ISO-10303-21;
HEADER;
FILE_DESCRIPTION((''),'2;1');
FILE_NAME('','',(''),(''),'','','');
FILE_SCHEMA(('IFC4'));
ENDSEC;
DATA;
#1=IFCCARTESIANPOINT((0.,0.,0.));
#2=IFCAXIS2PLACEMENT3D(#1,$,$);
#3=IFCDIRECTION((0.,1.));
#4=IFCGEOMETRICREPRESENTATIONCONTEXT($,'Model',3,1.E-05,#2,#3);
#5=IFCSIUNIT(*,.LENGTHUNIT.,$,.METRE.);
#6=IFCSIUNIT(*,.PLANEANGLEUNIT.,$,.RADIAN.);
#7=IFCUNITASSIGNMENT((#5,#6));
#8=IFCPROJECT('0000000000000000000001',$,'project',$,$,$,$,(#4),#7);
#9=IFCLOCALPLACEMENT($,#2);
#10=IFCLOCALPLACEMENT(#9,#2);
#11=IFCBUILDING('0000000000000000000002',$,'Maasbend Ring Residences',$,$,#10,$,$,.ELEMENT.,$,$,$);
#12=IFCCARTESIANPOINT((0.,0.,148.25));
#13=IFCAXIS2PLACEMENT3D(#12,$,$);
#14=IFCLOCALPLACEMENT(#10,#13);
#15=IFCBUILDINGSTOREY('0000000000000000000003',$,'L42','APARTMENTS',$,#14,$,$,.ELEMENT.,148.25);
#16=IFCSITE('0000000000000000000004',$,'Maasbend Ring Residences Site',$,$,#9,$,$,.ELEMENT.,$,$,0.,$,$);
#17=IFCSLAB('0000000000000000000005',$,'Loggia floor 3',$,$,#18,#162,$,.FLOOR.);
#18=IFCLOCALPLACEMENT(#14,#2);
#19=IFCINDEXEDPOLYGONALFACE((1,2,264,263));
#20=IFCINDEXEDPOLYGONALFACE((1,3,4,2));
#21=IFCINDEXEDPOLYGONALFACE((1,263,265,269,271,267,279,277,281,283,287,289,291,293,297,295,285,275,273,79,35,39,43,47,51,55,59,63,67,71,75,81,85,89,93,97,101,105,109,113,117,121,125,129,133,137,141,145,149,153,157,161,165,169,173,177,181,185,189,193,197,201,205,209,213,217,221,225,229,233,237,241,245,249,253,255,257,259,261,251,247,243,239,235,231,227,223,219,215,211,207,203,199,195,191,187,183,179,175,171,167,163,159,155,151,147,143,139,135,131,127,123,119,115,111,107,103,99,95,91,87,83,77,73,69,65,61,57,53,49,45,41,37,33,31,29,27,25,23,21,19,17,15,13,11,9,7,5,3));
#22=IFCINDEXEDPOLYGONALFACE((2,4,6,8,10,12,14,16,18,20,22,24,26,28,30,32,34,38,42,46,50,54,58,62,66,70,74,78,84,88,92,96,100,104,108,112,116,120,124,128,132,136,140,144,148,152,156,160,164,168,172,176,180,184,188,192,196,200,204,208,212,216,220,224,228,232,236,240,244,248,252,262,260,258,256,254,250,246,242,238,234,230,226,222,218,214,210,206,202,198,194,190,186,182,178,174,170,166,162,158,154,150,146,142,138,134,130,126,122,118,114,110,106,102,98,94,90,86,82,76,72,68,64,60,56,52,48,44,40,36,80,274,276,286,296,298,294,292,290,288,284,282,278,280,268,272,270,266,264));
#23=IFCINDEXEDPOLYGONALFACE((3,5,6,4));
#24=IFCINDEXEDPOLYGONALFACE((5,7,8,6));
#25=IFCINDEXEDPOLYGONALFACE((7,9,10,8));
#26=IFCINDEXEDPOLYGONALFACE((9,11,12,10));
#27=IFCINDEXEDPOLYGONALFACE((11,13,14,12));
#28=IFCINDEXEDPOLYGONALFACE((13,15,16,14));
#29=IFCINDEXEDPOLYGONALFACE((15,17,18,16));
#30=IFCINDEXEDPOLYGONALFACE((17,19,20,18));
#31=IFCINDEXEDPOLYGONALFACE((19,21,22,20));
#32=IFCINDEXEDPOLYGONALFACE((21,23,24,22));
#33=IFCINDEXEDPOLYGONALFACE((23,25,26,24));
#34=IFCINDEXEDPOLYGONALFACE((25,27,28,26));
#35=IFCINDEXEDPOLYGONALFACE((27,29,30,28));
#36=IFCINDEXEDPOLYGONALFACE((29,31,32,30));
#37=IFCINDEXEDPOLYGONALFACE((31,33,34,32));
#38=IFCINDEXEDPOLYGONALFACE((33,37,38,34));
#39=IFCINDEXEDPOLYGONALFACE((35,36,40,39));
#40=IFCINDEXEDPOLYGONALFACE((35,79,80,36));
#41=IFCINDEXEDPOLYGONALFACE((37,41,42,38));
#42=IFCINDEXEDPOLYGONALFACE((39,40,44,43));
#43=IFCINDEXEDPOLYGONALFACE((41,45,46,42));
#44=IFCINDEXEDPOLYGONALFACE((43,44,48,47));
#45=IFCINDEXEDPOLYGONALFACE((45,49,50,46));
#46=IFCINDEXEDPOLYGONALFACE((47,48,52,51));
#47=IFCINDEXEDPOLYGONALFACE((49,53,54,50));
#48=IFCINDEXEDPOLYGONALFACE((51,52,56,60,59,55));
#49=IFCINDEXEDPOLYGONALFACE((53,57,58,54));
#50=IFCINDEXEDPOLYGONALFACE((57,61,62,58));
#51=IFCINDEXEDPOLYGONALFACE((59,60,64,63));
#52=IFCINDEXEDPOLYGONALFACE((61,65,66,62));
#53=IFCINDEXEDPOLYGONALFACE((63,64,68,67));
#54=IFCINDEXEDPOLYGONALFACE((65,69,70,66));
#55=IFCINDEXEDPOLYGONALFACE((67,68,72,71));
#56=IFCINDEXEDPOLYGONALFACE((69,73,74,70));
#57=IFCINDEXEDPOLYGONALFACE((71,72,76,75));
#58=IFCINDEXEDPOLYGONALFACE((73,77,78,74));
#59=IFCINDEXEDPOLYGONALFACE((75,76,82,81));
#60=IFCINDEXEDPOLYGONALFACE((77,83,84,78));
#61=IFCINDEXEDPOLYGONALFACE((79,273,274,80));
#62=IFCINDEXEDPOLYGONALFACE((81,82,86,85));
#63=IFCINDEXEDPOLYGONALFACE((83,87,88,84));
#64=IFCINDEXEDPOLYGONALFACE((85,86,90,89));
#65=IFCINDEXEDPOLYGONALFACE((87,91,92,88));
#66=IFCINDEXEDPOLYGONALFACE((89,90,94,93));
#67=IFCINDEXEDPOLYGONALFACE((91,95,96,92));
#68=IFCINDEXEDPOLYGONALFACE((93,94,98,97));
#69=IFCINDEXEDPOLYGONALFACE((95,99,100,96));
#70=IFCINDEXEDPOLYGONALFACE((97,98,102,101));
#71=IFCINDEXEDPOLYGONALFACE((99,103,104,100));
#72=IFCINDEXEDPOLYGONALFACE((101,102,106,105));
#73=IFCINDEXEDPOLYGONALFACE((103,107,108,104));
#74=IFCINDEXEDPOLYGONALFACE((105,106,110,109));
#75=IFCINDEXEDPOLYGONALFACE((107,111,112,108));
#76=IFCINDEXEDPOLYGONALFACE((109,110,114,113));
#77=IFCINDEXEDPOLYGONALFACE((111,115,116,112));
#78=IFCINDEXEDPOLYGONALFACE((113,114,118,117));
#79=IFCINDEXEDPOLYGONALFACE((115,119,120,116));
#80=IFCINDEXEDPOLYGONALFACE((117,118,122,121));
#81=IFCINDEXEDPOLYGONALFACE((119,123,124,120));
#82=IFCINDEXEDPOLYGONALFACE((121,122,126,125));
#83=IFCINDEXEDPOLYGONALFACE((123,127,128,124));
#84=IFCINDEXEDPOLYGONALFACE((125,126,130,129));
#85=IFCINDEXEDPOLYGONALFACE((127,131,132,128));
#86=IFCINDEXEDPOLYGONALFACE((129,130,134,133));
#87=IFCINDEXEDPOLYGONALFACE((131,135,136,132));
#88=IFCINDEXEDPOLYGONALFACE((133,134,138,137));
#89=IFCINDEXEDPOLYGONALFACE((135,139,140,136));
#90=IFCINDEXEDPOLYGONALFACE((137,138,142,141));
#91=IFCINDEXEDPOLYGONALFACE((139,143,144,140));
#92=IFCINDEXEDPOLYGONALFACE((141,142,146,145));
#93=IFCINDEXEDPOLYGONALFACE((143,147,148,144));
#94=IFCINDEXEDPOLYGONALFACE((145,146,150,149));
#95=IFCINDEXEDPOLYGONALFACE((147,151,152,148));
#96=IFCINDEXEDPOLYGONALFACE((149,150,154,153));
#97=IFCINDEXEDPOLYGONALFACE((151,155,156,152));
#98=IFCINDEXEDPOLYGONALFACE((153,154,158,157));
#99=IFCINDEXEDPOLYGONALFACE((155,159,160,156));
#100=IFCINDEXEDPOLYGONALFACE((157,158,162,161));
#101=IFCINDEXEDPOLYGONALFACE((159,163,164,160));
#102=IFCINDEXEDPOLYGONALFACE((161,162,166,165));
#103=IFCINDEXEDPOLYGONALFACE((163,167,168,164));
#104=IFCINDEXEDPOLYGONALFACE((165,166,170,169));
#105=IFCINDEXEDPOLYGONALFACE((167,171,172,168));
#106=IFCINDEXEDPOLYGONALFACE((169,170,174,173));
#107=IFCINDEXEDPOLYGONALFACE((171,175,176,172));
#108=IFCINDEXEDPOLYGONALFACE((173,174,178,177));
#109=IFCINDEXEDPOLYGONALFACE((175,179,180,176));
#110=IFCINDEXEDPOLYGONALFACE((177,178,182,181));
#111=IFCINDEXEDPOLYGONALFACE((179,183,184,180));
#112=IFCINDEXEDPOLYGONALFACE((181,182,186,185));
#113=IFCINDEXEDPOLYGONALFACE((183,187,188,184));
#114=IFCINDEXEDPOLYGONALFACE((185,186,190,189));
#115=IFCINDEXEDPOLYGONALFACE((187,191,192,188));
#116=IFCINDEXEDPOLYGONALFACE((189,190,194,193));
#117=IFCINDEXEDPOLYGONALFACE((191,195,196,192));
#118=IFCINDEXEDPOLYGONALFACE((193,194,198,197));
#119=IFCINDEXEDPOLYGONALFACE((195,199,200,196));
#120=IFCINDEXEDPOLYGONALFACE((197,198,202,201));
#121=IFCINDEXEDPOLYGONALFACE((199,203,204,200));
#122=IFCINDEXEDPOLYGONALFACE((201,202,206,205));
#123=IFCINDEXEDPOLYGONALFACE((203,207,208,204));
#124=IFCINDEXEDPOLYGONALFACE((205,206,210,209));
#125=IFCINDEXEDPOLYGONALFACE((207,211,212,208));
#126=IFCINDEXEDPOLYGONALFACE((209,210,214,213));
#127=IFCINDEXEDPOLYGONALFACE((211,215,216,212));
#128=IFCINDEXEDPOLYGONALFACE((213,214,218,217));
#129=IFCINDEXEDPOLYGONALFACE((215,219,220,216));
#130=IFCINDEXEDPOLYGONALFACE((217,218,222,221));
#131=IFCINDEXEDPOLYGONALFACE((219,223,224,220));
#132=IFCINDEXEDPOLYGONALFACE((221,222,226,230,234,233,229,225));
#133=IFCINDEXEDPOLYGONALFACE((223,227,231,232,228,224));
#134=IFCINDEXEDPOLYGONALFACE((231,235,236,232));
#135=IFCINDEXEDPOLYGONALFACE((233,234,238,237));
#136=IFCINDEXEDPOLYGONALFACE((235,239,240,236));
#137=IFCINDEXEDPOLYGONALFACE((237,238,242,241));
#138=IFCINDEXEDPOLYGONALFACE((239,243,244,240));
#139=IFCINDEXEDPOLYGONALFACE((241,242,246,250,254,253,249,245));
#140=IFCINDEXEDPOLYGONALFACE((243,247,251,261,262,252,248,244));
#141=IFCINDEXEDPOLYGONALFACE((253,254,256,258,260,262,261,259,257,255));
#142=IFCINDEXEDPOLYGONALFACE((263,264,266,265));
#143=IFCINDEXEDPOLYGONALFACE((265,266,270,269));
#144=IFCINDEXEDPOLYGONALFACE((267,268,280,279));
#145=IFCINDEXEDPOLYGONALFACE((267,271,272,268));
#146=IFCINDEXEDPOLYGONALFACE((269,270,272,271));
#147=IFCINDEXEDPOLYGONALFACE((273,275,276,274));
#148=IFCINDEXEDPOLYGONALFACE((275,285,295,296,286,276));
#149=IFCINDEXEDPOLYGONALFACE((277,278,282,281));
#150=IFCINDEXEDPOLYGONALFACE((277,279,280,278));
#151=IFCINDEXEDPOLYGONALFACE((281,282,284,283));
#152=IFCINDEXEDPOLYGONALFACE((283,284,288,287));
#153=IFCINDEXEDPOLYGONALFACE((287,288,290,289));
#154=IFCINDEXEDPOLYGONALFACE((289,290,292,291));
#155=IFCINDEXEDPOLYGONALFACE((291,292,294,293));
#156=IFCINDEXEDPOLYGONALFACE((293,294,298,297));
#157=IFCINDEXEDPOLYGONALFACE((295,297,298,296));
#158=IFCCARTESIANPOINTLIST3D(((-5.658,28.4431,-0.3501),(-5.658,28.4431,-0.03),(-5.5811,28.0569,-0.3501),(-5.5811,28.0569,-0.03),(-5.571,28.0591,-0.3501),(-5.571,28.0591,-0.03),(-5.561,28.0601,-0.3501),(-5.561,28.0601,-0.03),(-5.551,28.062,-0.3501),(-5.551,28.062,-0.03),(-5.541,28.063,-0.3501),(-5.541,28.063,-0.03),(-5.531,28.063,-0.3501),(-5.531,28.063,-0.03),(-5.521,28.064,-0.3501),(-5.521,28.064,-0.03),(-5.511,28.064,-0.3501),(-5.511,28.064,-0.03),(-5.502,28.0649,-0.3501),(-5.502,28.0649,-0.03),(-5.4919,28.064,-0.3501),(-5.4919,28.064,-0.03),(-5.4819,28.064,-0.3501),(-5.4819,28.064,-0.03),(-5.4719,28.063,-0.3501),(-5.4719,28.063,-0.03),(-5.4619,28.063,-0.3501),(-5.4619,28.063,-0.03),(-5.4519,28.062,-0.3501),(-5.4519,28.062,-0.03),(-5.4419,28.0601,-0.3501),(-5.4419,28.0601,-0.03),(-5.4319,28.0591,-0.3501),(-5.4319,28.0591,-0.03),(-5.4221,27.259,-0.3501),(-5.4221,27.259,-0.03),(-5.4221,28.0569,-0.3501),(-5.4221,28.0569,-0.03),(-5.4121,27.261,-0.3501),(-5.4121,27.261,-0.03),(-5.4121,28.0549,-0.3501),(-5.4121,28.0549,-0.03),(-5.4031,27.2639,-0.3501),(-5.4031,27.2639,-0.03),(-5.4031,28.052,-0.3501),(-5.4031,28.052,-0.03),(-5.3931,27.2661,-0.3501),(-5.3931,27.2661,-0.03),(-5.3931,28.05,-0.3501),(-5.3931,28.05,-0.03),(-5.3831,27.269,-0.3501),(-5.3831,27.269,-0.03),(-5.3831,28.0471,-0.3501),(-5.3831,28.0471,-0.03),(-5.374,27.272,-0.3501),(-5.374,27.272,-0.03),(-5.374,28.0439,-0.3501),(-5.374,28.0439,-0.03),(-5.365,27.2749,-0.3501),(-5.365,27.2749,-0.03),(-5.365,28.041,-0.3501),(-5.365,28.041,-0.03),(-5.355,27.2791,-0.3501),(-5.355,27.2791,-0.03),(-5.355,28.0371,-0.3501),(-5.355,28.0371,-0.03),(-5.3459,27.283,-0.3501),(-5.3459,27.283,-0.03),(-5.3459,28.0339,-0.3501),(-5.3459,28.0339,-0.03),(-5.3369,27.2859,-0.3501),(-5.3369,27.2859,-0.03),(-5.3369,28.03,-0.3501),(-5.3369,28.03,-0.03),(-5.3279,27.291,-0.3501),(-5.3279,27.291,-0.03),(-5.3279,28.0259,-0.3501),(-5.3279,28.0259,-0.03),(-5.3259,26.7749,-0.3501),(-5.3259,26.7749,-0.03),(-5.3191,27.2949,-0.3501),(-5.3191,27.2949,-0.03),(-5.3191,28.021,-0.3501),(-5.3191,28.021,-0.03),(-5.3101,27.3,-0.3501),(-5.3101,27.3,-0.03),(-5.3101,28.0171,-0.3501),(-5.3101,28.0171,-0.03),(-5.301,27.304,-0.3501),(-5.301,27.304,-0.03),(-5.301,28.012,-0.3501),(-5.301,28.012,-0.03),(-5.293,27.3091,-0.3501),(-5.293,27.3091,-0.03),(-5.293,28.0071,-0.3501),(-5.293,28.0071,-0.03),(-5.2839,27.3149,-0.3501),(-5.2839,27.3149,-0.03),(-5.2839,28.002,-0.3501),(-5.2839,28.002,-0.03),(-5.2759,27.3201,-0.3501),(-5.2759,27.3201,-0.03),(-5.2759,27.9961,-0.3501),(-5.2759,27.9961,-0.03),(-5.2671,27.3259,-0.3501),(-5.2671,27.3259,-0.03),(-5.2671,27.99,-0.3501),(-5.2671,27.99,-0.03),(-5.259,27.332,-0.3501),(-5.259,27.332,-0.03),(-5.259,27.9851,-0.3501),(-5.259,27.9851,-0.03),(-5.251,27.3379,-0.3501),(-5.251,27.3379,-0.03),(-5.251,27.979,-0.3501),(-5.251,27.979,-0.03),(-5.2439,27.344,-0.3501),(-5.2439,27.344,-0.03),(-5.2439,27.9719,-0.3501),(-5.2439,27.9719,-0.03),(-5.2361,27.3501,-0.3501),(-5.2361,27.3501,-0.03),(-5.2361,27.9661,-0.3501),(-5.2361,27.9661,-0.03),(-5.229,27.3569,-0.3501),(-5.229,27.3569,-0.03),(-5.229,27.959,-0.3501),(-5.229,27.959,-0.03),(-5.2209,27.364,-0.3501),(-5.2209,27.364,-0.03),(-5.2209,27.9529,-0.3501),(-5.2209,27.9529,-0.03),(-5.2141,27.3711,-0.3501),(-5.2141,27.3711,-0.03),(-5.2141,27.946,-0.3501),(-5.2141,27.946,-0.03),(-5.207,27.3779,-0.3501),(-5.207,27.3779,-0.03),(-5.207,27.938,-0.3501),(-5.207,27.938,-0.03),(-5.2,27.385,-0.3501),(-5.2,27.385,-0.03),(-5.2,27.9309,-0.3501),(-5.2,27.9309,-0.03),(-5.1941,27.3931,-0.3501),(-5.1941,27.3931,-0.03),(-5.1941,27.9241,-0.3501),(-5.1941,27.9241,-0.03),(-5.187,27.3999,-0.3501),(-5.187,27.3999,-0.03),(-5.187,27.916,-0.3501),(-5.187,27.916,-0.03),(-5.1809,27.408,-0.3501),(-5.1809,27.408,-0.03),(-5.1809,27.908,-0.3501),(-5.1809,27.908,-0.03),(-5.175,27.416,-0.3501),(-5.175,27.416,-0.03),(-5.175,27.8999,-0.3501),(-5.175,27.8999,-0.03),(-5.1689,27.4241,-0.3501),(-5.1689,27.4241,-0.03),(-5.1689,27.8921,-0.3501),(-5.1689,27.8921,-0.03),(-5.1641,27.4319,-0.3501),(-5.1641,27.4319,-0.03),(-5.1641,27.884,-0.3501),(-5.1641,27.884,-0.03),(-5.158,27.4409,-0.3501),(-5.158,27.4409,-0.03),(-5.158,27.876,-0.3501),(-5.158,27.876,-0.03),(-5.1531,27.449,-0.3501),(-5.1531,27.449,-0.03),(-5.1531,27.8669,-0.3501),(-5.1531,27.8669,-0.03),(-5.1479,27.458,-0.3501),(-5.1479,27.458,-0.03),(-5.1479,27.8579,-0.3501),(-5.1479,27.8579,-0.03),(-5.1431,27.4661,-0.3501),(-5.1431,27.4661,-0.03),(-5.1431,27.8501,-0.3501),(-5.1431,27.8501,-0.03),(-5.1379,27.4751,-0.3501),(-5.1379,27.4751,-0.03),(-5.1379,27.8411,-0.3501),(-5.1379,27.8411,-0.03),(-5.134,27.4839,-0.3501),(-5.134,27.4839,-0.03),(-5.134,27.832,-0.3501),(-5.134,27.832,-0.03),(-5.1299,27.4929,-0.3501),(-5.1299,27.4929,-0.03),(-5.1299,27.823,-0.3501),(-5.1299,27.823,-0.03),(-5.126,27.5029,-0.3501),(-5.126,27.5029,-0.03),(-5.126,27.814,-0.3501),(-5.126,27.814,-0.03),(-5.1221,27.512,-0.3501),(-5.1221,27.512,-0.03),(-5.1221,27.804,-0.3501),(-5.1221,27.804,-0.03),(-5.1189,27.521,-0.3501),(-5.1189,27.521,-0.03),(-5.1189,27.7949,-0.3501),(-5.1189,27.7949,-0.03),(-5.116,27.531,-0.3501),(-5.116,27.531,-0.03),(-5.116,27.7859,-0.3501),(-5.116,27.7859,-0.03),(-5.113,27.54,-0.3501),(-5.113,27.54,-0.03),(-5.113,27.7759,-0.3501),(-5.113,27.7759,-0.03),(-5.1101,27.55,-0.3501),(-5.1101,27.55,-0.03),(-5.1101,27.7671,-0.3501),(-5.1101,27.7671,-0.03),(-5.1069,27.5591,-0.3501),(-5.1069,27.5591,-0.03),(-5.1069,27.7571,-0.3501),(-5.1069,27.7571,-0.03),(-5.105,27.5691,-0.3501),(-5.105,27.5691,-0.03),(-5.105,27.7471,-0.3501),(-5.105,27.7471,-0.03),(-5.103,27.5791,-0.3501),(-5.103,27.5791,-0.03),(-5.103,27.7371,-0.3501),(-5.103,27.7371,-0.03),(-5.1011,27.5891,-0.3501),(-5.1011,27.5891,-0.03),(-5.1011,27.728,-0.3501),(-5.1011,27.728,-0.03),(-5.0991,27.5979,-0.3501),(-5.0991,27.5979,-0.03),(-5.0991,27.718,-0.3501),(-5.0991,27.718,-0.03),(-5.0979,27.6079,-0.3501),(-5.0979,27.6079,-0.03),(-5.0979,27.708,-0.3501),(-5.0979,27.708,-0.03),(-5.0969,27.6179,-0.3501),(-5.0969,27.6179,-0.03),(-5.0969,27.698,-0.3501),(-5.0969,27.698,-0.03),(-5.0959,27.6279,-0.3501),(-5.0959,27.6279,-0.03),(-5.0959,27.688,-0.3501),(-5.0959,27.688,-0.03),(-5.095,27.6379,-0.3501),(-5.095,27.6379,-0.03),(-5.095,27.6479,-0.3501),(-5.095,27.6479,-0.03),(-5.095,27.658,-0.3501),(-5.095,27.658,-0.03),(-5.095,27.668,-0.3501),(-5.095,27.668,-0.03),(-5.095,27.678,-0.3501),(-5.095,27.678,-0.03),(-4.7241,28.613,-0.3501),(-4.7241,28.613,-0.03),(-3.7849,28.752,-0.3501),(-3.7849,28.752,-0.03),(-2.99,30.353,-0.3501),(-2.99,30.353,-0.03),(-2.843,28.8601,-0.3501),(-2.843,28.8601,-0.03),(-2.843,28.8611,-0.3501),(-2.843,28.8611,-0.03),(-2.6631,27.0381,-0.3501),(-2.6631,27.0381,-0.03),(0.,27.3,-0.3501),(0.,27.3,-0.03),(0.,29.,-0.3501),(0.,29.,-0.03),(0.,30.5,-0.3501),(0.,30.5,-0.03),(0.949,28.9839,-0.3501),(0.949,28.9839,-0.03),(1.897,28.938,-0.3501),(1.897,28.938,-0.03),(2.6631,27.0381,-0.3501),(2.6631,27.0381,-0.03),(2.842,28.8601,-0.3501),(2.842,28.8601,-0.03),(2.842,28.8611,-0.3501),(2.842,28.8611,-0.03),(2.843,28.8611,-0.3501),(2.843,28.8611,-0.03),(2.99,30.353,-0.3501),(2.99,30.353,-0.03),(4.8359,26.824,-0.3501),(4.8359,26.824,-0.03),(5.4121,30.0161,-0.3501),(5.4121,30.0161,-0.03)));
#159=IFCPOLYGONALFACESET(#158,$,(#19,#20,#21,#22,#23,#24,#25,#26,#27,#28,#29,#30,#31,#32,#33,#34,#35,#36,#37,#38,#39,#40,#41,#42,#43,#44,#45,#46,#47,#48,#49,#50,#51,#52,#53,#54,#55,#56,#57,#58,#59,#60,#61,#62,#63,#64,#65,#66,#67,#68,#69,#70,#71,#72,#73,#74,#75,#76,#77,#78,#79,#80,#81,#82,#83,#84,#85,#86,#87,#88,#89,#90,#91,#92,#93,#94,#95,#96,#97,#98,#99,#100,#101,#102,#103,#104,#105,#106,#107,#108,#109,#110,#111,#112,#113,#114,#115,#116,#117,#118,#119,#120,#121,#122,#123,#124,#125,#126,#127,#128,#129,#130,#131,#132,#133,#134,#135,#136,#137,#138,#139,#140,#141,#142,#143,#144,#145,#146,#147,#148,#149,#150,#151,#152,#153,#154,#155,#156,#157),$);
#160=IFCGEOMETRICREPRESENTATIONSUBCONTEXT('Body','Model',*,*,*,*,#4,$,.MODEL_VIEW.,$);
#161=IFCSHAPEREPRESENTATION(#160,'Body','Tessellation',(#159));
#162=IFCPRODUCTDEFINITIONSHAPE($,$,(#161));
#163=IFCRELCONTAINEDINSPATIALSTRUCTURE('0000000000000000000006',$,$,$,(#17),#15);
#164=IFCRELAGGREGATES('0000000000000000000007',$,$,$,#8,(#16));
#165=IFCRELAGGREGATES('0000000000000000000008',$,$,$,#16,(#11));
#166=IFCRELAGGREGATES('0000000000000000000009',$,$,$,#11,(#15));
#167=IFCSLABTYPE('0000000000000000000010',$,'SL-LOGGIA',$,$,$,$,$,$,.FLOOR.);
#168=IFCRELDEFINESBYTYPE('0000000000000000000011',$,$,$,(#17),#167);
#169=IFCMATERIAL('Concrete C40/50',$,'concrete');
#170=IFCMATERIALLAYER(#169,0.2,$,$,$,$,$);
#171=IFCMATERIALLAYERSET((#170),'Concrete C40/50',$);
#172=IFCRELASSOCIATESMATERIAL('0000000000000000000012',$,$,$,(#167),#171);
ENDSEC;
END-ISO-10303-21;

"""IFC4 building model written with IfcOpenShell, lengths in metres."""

from ifc_helpers import new_model, si_unit, direction, frame, origin, place, context, subcontext, project, spatial, polyline, outline, extrude, material, layer, layer_set, type_object, element, save


model = new_model("IFC4")

# Units and contexts
model_context = context("Model", 3, precision=1e-05, world=origin(), true_north=direction((0.0, 1.0)))
body_context = subcontext(model_context, "Body", "Model", "MODEL_VIEW")
ifc_project = project(units=[si_unit("LENGTHUNIT", "METRE"), si_unit("PLANEANGLEUNIT", "RADIAN")], contexts=[model_context])

# Site, building, storey
site_placement = place(None, origin())
site = spatial("IfcSite", under=ifc_project, at=site_placement, Name="Maasbend Ring Residences Site", CompositionType="ELEMENT", RefElevation=0.0)
building_placement = place(site_placement, origin())
building = spatial("IfcBuilding", under=site, at=building_placement, Name="Maasbend Ring Residences", CompositionType="ELEMENT")
storey_placement = place(building_placement, frame((0.0, 0.0, 148.25)))
storey = spatial("IfcBuildingStorey", under=building, at=storey_placement, Name="L42", Description="APARTMENTS", CompositionType="ELEMENT", Elevation=148.25)

# Slab
ifc_material_1 = material(Name="Concrete C40/50", Category="concrete")
ifc_layer_1 = layer(ifc_material_1, 0.2)
ifc_layer_set_1 = layer_set([ifc_layer_1], Name="Concrete C40/50")
slab_type_1 = type_object("IfcSlabType", Name="SL-LOGGIA", PredefinedType="FLOOR", material=ifc_layer_set_1)
slab_1_placement = place(storey_placement, frame((0.0, 0.0, -0.3501)))
element("IfcSlab", 1, at=slab_1_placement, inside=storey, type_object=slab_type_1, Name="Loggia floor 3", PredefinedType="FLOOR", context=body_context, shape_type="SweptSolid", body=[
    extrude(outline(polyline([(-3.7849, 28.752), (-2.843, 28.8601), (-2.843, 28.8601), (-2.843, 28.8601), (-2.843, 28.8601), (-2.843, 28.8601), (-2.843, 28.8601), (-2.843, 28.8601), (-2.843, 28.8601), (-2.843, 28.8601), (-2.843, 28.8611), (-2.843, 28.8611), (-2.843, 28.8611), (-2.843, 28.8611), (-2.843, 28.8611), (-2.843, 28.8611), (-2.843, 28.8611), (-2.843, 28.8611), (-2.99, 30.353), (-2.99, 30.353), (-2.99, 30.353), (0.0, 30.5), (0.0, 30.5), (0.0, 30.5), (0.0, 29.0), (0.0, 29.0), (0.0, 29.0), (0.0, 29.0), (0.0, 29.0), (0.0, 29.0), (0.0, 29.0), (0.0, 29.0), (0.0, 29.0), (0.0, 29.0), (0.0, 29.0), (0.0, 29.0), (0.0, 29.0), (0.0, 29.0), (0.0, 29.0), (0.0, 29.0), (0.0, 29.0), (0.949, 28.9839), (0.949, 28.9839), (1.897, 28.938), (1.897, 28.938), (2.842, 28.8601), (2.842, 28.8601), (2.842, 28.8601), (2.842, 28.8601), (2.842, 28.8601), (2.842, 28.8601), (2.842, 28.8601), (2.842, 28.8601), (2.842, 28.8611), (2.842, 28.8611), (2.842, 28.8611), (2.842, 28.8611), (2.842, 28.8611), (2.843, 28.8611), (2.843, 28.8611), (2.843, 28.8611), (2.843, 28.8611), (2.99, 30.353), (2.99, 30.353), (2.99, 30.353), (5.4121, 30.0161), (5.4121, 30.0161), (5.4121, 30.0161), (4.8359, 26.824), (4.8359, 26.824), (4.8359, 26.824), (2.6631, 27.0381), (0.0, 27.3), (0.0, 27.3), (0.0, 27.3), (-2.6631, 27.0381), (-5.3259, 26.7749), (-5.3259, 26.7749), (-5.3259, 26.7749), (-5.4221, 27.259), (-5.4221, 27.259), (-5.4121, 27.261), (-5.4031, 27.2639), (-5.3931, 27.2661), (-5.3831, 27.269), (-5.374, 27.272), (-5.365, 27.2749), (-5.355, 27.2791), (-5.3459, 27.283), (-5.3369, 27.2859), (-5.3279, 27.291), (-5.3191, 27.2949), (-5.3101, 27.3), (-5.301, 27.304), (-5.293, 27.3091), (-5.2839, 27.3149), (-5.2759, 27.3201), (-5.2671, 27.3259), (-5.259, 27.332), (-5.251, 27.3379), (-5.2439, 27.344), (-5.2361, 27.3501), (-5.229, 27.3569), (-5.2209, 27.364), (-5.2141, 27.3711), (-5.207, 27.3779), (-5.2, 27.385), (-5.1941, 27.3931), (-5.187, 27.3999), (-5.1809, 27.408), (-5.175, 27.416), (-5.1689, 27.4241), (-5.1641, 27.4319), (-5.158, 27.4409), (-5.1531, 27.449), (-5.1479, 27.458), (-5.1431, 27.4661), (-5.1379, 27.4751), (-5.134, 27.4839), (-5.1299, 27.4929), (-5.126, 27.5029), (-5.1221, 27.512), (-5.1189, 27.521), (-5.116, 27.531), (-5.113, 27.54), (-5.1101, 27.55), (-5.1069, 27.5591), (-5.105, 27.5691), (-5.103, 27.5791), (-5.1011, 27.5891), (-5.0991, 27.5979), (-5.0979, 27.6079), (-5.0969, 27.6179), (-5.0959, 27.6279), (-5.095, 27.6379), (-5.095, 27.6479), (-5.095, 27.658), (-5.095, 27.668), (-5.095, 27.678), (-5.0959, 27.688), (-5.0969, 27.698), (-5.0979, 27.708), (-5.0991, 27.718), (-5.1011, 27.728), (-5.103, 27.7371), (-5.105, 27.7471), (-5.1069, 27.7571), (-5.1101, 27.7671), (-5.113, 27.7759), (-5.116, 27.7859), (-5.1189, 27.7949), (-5.1221, 27.804), (-5.126, 27.814), (-5.1299, 27.823), (-5.134, 27.832), (-5.1379, 27.8411), (-5.1431, 27.8501), (-5.1479, 27.8579), (-5.1531, 27.8669), (-5.158, 27.876), (-5.1641, 27.884), (-5.1689, 27.8921), (-5.175, 27.8999), (-5.1809, 27.908), (-5.187, 27.916), (-5.1941, 27.9241), (-5.2, 27.9309), (-5.207, 27.938), (-5.2141, 27.946), (-5.2209, 27.9529), (-5.229, 27.959), (-5.2361, 27.9661), (-5.2439, 27.9719), (-5.251, 27.979), (-5.259, 27.9851), (-5.2671, 27.99), (-5.2759, 27.9961), (-5.2839, 28.002), (-5.293, 28.0071), (-5.301, 28.012), (-5.3101, 28.0171), (-5.3191, 28.021), (-5.3279, 28.0259), (-5.3369, 28.03), (-5.3459, 28.0339), (-5.355, 28.0371), (-5.365, 28.041), (-5.374, 28.0439), (-5.3831, 28.0471), (-5.3931, 28.05), (-5.4031, 28.052), (-5.4121, 28.0549), (-5.4221, 28.0569), (-5.4319, 28.0591), (-5.4419, 28.0601), (-5.4519, 28.062), (-5.4619, 28.063), (-5.4719, 28.063), (-5.4819, 28.064), (-5.4919, 28.064), (-5.502, 28.0649), (-5.511, 28.064), (-5.521, 28.064), (-5.531, 28.063), (-5.541, 28.063), (-5.551, 28.062), (-5.561, 28.0601), (-5.571, 28.0591), (-5.5811, 28.0569), (-5.5811, 28.0569), (-5.658, 28.4431), (-5.658, 28.4431), (-5.658, 28.4431), (-4.7241, 28.613), (-4.7241, 28.613), (-3.7849, 28.752), (-3.7849, 28.752)])), origin(), (0.0, 0.0, 1.0), 0.3201),
])

save(model, "model.ifc")
